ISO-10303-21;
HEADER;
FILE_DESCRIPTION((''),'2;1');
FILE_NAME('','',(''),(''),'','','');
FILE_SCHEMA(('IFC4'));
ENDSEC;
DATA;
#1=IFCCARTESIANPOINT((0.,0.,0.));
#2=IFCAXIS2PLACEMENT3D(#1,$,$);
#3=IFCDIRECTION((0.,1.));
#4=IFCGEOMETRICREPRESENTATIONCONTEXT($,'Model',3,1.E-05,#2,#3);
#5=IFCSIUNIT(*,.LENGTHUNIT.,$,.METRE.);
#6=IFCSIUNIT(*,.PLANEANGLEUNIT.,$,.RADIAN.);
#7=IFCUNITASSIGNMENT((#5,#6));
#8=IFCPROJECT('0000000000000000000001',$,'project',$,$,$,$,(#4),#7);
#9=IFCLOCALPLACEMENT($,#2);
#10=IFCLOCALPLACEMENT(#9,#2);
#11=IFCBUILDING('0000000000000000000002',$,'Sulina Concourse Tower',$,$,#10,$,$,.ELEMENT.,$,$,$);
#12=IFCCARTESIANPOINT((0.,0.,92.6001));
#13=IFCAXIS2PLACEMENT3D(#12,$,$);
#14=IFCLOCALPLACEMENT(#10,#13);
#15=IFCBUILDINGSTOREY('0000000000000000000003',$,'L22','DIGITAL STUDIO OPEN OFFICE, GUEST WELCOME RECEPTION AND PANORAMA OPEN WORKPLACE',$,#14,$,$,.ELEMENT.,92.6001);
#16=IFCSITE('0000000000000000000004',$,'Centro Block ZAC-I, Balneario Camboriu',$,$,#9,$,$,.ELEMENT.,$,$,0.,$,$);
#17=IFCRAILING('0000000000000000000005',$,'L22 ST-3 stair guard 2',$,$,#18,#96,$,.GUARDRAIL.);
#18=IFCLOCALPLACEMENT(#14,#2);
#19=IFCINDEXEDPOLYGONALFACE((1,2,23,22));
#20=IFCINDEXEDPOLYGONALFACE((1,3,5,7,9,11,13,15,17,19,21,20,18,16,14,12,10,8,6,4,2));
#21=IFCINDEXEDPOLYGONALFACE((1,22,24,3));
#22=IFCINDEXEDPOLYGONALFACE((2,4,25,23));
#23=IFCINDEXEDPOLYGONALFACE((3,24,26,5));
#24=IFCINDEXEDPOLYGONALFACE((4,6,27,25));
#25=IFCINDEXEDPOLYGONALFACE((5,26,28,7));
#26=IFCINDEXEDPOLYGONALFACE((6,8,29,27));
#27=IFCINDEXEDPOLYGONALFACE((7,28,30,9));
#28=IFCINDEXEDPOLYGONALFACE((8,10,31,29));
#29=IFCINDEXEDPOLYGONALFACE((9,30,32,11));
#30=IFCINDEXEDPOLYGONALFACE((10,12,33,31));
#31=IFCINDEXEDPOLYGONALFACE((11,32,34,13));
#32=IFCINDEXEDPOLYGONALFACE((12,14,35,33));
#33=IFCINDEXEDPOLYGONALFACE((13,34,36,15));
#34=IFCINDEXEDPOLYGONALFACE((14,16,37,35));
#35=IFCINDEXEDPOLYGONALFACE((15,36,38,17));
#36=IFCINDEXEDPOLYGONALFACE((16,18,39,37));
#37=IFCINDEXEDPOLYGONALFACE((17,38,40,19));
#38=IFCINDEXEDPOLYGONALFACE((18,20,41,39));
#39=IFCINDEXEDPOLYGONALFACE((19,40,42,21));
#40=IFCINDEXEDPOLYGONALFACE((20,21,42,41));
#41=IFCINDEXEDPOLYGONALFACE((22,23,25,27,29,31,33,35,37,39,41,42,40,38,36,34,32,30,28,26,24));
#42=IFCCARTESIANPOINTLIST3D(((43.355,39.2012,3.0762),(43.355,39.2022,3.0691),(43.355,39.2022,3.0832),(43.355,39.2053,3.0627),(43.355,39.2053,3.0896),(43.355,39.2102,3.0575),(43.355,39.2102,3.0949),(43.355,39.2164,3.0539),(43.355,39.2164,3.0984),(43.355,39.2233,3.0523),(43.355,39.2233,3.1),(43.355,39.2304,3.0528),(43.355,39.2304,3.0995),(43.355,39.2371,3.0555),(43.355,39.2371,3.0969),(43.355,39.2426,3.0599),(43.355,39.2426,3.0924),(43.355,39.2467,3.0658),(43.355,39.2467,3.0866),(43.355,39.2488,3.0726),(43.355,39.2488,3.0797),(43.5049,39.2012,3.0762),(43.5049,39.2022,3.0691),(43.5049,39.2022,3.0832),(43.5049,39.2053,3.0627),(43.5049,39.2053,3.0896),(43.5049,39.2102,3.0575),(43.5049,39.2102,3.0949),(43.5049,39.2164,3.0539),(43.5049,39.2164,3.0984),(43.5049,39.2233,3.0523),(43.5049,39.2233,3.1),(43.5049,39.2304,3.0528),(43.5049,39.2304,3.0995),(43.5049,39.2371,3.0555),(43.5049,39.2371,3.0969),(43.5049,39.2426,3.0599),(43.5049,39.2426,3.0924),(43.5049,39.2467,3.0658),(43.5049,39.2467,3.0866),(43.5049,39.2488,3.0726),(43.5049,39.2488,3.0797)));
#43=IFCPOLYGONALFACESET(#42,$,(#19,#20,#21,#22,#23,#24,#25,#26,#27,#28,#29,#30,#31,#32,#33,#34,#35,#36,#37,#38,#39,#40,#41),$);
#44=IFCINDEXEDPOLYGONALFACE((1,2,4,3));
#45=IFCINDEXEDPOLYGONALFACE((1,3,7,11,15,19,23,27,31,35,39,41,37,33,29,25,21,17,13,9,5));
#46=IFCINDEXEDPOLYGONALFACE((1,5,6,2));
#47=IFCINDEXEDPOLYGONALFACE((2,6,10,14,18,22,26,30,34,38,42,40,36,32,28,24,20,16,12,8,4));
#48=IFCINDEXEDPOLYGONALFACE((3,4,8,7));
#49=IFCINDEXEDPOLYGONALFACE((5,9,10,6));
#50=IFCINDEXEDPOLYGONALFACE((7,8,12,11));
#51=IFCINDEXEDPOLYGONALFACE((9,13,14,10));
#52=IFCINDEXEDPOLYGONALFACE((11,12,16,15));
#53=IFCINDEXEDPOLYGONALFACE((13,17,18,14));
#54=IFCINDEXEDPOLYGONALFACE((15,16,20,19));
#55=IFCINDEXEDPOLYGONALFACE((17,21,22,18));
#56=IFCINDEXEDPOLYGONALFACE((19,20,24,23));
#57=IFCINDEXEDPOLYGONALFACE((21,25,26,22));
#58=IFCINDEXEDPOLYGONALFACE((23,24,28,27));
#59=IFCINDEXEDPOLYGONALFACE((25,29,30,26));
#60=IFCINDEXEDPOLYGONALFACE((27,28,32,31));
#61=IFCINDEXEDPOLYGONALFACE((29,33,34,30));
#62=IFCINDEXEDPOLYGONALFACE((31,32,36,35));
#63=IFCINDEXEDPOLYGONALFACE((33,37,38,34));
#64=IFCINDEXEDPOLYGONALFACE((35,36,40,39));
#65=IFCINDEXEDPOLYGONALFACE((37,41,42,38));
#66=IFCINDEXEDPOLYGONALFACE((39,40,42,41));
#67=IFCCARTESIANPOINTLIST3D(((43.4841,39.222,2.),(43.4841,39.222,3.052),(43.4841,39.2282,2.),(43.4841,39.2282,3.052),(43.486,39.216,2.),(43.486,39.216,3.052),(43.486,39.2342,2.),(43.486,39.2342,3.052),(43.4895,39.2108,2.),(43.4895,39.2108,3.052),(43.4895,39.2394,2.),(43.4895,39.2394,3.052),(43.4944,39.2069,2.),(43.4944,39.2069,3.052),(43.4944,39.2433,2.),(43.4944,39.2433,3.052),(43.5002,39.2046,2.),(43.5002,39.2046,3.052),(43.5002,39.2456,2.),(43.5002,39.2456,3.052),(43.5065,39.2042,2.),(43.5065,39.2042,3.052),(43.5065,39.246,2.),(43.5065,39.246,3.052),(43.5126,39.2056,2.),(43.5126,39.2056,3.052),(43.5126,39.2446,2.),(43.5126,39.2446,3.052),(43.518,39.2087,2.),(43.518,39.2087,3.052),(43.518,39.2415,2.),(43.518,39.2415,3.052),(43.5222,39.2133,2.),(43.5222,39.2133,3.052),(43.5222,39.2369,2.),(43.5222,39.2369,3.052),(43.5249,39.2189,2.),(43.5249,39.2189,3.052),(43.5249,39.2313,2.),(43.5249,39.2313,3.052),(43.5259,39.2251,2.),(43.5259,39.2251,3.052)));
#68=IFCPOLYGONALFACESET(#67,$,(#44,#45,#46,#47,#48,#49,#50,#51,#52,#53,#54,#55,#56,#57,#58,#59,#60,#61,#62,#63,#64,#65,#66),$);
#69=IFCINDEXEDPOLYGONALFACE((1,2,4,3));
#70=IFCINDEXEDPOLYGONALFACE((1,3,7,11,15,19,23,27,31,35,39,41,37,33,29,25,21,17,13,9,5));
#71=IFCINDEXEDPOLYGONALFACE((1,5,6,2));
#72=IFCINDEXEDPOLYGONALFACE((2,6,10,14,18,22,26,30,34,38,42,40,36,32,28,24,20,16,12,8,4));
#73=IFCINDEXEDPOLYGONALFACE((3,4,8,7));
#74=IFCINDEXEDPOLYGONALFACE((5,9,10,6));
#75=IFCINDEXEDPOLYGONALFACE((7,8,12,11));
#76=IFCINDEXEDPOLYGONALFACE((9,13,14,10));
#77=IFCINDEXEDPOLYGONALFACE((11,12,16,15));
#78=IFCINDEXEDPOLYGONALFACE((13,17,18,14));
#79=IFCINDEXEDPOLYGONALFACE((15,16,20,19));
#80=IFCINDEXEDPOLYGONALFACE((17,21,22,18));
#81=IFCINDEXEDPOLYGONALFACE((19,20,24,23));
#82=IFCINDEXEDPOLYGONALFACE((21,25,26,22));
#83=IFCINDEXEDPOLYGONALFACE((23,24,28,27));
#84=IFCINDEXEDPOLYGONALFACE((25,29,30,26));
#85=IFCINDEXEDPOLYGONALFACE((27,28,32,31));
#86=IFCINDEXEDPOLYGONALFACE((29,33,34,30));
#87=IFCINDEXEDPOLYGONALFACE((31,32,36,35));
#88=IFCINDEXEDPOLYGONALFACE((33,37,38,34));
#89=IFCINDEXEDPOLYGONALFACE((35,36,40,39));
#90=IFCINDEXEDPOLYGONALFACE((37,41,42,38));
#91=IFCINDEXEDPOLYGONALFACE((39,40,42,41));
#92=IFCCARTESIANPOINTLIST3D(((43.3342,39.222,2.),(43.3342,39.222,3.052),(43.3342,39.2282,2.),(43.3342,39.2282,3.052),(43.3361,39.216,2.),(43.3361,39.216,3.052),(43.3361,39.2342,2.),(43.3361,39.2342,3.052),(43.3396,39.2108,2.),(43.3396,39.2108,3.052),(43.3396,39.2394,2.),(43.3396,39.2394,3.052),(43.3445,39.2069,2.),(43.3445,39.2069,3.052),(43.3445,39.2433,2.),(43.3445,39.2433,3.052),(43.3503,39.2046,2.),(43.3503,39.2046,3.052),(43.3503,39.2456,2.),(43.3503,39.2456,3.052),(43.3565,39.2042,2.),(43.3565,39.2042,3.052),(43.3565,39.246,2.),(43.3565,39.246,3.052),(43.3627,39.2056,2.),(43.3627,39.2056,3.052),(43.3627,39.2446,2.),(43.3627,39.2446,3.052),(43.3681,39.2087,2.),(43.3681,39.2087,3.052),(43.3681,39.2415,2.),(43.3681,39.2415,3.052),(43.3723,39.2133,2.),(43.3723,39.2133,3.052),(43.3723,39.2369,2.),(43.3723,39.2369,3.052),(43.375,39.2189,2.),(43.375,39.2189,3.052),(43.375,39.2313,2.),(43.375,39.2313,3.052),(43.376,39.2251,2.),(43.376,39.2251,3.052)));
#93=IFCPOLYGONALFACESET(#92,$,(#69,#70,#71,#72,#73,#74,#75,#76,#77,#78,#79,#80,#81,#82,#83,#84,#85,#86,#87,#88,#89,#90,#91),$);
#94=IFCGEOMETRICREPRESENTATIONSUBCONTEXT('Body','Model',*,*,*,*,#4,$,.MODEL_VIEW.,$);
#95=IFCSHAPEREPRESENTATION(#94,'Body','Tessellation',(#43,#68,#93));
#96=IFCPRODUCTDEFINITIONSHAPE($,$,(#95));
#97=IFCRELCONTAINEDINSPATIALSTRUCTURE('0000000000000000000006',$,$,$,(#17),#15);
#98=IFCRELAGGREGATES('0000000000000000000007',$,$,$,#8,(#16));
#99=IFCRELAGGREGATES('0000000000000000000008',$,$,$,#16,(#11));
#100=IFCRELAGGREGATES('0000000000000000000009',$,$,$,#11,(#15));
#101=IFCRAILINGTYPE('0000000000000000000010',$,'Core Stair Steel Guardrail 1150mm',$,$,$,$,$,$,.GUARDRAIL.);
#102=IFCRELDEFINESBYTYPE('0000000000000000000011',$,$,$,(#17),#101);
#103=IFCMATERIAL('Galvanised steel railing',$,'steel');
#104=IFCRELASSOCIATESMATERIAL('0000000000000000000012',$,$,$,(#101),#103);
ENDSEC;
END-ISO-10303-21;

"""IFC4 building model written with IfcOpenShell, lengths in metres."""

from ifc_helpers import new_model, si_unit, direction, frame, origin, origin_2d, place, context, subcontext, project, spatial, circle, extrude, material, type_object, element, save


model = new_model("IFC4")

# Units and contexts
model_context = context("Model", 3, precision=1e-05, world=origin(), true_north=direction((0.0, 1.0)))
body_context = subcontext(model_context, "Body", "Model", "MODEL_VIEW")
ifc_project = project(units=[si_unit("LENGTHUNIT", "METRE"), si_unit("PLANEANGLEUNIT", "RADIAN")], contexts=[model_context])

# Site, building, storey
site_placement = place(None, origin())
site = spatial("IfcSite", under=ifc_project, at=site_placement, Name="Centro Block ZAC-I, Balneario Camboriu", CompositionType="ELEMENT", RefElevation=0.0)
building_placement = place(site_placement, origin())
building = spatial("IfcBuilding", under=site, at=building_placement, Name="Sulina Concourse Tower", CompositionType="ELEMENT")
storey_placement = place(building_placement, frame((0.0, 0.0, 92.6001)))
storey = spatial("IfcBuildingStorey", under=building, at=storey_placement, Name="L22", Description="DIGITAL STUDIO OPEN OFFICE, GUEST WELCOME RECEPTION AND PANORAMA OPEN WORKPLACE", CompositionType="ELEMENT", Elevation=92.6001)

# Railing
ifc_material_1 = material(Name="Galvanised steel railing", Category="steel")
railing_type_1 = type_object("IfcRailingType", Name="Core Stair Steel Guardrail 1150mm", PredefinedType="GUARDRAIL", material=ifc_material_1)
railing_1_placement = place(storey_placement, frame((43.5049, 39.2251, 2.0)))
element("IfcRailing", 1, at=railing_1_placement, inside=storey, type_object=railing_type_1, Name="L22 ST-3 stair guard 2", PredefinedType="GUARDRAIL", context=body_context, shape_type="SweptSolid", body=[
    extrude(circle(Radius=0.0239, at=origin_2d()), frame((0.0, 0.0, 1.0762), z_axis=(-1.0, 0.0, 0.0), x_axis=(0.0, -1.0, 0.0)), (0.0, 0.0, 1.0), 0.1499),
    extrude(circle(Radius=0.021, at=origin_2d()), origin(), (0.0, 0.0, 1.0), 1.052),
    extrude(circle(Radius=0.021, at=origin_2d()), frame((-0.1499, 0.0, 0.0)), (0.0, 0.0, 1.0), 1.052),
])

save(model, "model.ifc")
